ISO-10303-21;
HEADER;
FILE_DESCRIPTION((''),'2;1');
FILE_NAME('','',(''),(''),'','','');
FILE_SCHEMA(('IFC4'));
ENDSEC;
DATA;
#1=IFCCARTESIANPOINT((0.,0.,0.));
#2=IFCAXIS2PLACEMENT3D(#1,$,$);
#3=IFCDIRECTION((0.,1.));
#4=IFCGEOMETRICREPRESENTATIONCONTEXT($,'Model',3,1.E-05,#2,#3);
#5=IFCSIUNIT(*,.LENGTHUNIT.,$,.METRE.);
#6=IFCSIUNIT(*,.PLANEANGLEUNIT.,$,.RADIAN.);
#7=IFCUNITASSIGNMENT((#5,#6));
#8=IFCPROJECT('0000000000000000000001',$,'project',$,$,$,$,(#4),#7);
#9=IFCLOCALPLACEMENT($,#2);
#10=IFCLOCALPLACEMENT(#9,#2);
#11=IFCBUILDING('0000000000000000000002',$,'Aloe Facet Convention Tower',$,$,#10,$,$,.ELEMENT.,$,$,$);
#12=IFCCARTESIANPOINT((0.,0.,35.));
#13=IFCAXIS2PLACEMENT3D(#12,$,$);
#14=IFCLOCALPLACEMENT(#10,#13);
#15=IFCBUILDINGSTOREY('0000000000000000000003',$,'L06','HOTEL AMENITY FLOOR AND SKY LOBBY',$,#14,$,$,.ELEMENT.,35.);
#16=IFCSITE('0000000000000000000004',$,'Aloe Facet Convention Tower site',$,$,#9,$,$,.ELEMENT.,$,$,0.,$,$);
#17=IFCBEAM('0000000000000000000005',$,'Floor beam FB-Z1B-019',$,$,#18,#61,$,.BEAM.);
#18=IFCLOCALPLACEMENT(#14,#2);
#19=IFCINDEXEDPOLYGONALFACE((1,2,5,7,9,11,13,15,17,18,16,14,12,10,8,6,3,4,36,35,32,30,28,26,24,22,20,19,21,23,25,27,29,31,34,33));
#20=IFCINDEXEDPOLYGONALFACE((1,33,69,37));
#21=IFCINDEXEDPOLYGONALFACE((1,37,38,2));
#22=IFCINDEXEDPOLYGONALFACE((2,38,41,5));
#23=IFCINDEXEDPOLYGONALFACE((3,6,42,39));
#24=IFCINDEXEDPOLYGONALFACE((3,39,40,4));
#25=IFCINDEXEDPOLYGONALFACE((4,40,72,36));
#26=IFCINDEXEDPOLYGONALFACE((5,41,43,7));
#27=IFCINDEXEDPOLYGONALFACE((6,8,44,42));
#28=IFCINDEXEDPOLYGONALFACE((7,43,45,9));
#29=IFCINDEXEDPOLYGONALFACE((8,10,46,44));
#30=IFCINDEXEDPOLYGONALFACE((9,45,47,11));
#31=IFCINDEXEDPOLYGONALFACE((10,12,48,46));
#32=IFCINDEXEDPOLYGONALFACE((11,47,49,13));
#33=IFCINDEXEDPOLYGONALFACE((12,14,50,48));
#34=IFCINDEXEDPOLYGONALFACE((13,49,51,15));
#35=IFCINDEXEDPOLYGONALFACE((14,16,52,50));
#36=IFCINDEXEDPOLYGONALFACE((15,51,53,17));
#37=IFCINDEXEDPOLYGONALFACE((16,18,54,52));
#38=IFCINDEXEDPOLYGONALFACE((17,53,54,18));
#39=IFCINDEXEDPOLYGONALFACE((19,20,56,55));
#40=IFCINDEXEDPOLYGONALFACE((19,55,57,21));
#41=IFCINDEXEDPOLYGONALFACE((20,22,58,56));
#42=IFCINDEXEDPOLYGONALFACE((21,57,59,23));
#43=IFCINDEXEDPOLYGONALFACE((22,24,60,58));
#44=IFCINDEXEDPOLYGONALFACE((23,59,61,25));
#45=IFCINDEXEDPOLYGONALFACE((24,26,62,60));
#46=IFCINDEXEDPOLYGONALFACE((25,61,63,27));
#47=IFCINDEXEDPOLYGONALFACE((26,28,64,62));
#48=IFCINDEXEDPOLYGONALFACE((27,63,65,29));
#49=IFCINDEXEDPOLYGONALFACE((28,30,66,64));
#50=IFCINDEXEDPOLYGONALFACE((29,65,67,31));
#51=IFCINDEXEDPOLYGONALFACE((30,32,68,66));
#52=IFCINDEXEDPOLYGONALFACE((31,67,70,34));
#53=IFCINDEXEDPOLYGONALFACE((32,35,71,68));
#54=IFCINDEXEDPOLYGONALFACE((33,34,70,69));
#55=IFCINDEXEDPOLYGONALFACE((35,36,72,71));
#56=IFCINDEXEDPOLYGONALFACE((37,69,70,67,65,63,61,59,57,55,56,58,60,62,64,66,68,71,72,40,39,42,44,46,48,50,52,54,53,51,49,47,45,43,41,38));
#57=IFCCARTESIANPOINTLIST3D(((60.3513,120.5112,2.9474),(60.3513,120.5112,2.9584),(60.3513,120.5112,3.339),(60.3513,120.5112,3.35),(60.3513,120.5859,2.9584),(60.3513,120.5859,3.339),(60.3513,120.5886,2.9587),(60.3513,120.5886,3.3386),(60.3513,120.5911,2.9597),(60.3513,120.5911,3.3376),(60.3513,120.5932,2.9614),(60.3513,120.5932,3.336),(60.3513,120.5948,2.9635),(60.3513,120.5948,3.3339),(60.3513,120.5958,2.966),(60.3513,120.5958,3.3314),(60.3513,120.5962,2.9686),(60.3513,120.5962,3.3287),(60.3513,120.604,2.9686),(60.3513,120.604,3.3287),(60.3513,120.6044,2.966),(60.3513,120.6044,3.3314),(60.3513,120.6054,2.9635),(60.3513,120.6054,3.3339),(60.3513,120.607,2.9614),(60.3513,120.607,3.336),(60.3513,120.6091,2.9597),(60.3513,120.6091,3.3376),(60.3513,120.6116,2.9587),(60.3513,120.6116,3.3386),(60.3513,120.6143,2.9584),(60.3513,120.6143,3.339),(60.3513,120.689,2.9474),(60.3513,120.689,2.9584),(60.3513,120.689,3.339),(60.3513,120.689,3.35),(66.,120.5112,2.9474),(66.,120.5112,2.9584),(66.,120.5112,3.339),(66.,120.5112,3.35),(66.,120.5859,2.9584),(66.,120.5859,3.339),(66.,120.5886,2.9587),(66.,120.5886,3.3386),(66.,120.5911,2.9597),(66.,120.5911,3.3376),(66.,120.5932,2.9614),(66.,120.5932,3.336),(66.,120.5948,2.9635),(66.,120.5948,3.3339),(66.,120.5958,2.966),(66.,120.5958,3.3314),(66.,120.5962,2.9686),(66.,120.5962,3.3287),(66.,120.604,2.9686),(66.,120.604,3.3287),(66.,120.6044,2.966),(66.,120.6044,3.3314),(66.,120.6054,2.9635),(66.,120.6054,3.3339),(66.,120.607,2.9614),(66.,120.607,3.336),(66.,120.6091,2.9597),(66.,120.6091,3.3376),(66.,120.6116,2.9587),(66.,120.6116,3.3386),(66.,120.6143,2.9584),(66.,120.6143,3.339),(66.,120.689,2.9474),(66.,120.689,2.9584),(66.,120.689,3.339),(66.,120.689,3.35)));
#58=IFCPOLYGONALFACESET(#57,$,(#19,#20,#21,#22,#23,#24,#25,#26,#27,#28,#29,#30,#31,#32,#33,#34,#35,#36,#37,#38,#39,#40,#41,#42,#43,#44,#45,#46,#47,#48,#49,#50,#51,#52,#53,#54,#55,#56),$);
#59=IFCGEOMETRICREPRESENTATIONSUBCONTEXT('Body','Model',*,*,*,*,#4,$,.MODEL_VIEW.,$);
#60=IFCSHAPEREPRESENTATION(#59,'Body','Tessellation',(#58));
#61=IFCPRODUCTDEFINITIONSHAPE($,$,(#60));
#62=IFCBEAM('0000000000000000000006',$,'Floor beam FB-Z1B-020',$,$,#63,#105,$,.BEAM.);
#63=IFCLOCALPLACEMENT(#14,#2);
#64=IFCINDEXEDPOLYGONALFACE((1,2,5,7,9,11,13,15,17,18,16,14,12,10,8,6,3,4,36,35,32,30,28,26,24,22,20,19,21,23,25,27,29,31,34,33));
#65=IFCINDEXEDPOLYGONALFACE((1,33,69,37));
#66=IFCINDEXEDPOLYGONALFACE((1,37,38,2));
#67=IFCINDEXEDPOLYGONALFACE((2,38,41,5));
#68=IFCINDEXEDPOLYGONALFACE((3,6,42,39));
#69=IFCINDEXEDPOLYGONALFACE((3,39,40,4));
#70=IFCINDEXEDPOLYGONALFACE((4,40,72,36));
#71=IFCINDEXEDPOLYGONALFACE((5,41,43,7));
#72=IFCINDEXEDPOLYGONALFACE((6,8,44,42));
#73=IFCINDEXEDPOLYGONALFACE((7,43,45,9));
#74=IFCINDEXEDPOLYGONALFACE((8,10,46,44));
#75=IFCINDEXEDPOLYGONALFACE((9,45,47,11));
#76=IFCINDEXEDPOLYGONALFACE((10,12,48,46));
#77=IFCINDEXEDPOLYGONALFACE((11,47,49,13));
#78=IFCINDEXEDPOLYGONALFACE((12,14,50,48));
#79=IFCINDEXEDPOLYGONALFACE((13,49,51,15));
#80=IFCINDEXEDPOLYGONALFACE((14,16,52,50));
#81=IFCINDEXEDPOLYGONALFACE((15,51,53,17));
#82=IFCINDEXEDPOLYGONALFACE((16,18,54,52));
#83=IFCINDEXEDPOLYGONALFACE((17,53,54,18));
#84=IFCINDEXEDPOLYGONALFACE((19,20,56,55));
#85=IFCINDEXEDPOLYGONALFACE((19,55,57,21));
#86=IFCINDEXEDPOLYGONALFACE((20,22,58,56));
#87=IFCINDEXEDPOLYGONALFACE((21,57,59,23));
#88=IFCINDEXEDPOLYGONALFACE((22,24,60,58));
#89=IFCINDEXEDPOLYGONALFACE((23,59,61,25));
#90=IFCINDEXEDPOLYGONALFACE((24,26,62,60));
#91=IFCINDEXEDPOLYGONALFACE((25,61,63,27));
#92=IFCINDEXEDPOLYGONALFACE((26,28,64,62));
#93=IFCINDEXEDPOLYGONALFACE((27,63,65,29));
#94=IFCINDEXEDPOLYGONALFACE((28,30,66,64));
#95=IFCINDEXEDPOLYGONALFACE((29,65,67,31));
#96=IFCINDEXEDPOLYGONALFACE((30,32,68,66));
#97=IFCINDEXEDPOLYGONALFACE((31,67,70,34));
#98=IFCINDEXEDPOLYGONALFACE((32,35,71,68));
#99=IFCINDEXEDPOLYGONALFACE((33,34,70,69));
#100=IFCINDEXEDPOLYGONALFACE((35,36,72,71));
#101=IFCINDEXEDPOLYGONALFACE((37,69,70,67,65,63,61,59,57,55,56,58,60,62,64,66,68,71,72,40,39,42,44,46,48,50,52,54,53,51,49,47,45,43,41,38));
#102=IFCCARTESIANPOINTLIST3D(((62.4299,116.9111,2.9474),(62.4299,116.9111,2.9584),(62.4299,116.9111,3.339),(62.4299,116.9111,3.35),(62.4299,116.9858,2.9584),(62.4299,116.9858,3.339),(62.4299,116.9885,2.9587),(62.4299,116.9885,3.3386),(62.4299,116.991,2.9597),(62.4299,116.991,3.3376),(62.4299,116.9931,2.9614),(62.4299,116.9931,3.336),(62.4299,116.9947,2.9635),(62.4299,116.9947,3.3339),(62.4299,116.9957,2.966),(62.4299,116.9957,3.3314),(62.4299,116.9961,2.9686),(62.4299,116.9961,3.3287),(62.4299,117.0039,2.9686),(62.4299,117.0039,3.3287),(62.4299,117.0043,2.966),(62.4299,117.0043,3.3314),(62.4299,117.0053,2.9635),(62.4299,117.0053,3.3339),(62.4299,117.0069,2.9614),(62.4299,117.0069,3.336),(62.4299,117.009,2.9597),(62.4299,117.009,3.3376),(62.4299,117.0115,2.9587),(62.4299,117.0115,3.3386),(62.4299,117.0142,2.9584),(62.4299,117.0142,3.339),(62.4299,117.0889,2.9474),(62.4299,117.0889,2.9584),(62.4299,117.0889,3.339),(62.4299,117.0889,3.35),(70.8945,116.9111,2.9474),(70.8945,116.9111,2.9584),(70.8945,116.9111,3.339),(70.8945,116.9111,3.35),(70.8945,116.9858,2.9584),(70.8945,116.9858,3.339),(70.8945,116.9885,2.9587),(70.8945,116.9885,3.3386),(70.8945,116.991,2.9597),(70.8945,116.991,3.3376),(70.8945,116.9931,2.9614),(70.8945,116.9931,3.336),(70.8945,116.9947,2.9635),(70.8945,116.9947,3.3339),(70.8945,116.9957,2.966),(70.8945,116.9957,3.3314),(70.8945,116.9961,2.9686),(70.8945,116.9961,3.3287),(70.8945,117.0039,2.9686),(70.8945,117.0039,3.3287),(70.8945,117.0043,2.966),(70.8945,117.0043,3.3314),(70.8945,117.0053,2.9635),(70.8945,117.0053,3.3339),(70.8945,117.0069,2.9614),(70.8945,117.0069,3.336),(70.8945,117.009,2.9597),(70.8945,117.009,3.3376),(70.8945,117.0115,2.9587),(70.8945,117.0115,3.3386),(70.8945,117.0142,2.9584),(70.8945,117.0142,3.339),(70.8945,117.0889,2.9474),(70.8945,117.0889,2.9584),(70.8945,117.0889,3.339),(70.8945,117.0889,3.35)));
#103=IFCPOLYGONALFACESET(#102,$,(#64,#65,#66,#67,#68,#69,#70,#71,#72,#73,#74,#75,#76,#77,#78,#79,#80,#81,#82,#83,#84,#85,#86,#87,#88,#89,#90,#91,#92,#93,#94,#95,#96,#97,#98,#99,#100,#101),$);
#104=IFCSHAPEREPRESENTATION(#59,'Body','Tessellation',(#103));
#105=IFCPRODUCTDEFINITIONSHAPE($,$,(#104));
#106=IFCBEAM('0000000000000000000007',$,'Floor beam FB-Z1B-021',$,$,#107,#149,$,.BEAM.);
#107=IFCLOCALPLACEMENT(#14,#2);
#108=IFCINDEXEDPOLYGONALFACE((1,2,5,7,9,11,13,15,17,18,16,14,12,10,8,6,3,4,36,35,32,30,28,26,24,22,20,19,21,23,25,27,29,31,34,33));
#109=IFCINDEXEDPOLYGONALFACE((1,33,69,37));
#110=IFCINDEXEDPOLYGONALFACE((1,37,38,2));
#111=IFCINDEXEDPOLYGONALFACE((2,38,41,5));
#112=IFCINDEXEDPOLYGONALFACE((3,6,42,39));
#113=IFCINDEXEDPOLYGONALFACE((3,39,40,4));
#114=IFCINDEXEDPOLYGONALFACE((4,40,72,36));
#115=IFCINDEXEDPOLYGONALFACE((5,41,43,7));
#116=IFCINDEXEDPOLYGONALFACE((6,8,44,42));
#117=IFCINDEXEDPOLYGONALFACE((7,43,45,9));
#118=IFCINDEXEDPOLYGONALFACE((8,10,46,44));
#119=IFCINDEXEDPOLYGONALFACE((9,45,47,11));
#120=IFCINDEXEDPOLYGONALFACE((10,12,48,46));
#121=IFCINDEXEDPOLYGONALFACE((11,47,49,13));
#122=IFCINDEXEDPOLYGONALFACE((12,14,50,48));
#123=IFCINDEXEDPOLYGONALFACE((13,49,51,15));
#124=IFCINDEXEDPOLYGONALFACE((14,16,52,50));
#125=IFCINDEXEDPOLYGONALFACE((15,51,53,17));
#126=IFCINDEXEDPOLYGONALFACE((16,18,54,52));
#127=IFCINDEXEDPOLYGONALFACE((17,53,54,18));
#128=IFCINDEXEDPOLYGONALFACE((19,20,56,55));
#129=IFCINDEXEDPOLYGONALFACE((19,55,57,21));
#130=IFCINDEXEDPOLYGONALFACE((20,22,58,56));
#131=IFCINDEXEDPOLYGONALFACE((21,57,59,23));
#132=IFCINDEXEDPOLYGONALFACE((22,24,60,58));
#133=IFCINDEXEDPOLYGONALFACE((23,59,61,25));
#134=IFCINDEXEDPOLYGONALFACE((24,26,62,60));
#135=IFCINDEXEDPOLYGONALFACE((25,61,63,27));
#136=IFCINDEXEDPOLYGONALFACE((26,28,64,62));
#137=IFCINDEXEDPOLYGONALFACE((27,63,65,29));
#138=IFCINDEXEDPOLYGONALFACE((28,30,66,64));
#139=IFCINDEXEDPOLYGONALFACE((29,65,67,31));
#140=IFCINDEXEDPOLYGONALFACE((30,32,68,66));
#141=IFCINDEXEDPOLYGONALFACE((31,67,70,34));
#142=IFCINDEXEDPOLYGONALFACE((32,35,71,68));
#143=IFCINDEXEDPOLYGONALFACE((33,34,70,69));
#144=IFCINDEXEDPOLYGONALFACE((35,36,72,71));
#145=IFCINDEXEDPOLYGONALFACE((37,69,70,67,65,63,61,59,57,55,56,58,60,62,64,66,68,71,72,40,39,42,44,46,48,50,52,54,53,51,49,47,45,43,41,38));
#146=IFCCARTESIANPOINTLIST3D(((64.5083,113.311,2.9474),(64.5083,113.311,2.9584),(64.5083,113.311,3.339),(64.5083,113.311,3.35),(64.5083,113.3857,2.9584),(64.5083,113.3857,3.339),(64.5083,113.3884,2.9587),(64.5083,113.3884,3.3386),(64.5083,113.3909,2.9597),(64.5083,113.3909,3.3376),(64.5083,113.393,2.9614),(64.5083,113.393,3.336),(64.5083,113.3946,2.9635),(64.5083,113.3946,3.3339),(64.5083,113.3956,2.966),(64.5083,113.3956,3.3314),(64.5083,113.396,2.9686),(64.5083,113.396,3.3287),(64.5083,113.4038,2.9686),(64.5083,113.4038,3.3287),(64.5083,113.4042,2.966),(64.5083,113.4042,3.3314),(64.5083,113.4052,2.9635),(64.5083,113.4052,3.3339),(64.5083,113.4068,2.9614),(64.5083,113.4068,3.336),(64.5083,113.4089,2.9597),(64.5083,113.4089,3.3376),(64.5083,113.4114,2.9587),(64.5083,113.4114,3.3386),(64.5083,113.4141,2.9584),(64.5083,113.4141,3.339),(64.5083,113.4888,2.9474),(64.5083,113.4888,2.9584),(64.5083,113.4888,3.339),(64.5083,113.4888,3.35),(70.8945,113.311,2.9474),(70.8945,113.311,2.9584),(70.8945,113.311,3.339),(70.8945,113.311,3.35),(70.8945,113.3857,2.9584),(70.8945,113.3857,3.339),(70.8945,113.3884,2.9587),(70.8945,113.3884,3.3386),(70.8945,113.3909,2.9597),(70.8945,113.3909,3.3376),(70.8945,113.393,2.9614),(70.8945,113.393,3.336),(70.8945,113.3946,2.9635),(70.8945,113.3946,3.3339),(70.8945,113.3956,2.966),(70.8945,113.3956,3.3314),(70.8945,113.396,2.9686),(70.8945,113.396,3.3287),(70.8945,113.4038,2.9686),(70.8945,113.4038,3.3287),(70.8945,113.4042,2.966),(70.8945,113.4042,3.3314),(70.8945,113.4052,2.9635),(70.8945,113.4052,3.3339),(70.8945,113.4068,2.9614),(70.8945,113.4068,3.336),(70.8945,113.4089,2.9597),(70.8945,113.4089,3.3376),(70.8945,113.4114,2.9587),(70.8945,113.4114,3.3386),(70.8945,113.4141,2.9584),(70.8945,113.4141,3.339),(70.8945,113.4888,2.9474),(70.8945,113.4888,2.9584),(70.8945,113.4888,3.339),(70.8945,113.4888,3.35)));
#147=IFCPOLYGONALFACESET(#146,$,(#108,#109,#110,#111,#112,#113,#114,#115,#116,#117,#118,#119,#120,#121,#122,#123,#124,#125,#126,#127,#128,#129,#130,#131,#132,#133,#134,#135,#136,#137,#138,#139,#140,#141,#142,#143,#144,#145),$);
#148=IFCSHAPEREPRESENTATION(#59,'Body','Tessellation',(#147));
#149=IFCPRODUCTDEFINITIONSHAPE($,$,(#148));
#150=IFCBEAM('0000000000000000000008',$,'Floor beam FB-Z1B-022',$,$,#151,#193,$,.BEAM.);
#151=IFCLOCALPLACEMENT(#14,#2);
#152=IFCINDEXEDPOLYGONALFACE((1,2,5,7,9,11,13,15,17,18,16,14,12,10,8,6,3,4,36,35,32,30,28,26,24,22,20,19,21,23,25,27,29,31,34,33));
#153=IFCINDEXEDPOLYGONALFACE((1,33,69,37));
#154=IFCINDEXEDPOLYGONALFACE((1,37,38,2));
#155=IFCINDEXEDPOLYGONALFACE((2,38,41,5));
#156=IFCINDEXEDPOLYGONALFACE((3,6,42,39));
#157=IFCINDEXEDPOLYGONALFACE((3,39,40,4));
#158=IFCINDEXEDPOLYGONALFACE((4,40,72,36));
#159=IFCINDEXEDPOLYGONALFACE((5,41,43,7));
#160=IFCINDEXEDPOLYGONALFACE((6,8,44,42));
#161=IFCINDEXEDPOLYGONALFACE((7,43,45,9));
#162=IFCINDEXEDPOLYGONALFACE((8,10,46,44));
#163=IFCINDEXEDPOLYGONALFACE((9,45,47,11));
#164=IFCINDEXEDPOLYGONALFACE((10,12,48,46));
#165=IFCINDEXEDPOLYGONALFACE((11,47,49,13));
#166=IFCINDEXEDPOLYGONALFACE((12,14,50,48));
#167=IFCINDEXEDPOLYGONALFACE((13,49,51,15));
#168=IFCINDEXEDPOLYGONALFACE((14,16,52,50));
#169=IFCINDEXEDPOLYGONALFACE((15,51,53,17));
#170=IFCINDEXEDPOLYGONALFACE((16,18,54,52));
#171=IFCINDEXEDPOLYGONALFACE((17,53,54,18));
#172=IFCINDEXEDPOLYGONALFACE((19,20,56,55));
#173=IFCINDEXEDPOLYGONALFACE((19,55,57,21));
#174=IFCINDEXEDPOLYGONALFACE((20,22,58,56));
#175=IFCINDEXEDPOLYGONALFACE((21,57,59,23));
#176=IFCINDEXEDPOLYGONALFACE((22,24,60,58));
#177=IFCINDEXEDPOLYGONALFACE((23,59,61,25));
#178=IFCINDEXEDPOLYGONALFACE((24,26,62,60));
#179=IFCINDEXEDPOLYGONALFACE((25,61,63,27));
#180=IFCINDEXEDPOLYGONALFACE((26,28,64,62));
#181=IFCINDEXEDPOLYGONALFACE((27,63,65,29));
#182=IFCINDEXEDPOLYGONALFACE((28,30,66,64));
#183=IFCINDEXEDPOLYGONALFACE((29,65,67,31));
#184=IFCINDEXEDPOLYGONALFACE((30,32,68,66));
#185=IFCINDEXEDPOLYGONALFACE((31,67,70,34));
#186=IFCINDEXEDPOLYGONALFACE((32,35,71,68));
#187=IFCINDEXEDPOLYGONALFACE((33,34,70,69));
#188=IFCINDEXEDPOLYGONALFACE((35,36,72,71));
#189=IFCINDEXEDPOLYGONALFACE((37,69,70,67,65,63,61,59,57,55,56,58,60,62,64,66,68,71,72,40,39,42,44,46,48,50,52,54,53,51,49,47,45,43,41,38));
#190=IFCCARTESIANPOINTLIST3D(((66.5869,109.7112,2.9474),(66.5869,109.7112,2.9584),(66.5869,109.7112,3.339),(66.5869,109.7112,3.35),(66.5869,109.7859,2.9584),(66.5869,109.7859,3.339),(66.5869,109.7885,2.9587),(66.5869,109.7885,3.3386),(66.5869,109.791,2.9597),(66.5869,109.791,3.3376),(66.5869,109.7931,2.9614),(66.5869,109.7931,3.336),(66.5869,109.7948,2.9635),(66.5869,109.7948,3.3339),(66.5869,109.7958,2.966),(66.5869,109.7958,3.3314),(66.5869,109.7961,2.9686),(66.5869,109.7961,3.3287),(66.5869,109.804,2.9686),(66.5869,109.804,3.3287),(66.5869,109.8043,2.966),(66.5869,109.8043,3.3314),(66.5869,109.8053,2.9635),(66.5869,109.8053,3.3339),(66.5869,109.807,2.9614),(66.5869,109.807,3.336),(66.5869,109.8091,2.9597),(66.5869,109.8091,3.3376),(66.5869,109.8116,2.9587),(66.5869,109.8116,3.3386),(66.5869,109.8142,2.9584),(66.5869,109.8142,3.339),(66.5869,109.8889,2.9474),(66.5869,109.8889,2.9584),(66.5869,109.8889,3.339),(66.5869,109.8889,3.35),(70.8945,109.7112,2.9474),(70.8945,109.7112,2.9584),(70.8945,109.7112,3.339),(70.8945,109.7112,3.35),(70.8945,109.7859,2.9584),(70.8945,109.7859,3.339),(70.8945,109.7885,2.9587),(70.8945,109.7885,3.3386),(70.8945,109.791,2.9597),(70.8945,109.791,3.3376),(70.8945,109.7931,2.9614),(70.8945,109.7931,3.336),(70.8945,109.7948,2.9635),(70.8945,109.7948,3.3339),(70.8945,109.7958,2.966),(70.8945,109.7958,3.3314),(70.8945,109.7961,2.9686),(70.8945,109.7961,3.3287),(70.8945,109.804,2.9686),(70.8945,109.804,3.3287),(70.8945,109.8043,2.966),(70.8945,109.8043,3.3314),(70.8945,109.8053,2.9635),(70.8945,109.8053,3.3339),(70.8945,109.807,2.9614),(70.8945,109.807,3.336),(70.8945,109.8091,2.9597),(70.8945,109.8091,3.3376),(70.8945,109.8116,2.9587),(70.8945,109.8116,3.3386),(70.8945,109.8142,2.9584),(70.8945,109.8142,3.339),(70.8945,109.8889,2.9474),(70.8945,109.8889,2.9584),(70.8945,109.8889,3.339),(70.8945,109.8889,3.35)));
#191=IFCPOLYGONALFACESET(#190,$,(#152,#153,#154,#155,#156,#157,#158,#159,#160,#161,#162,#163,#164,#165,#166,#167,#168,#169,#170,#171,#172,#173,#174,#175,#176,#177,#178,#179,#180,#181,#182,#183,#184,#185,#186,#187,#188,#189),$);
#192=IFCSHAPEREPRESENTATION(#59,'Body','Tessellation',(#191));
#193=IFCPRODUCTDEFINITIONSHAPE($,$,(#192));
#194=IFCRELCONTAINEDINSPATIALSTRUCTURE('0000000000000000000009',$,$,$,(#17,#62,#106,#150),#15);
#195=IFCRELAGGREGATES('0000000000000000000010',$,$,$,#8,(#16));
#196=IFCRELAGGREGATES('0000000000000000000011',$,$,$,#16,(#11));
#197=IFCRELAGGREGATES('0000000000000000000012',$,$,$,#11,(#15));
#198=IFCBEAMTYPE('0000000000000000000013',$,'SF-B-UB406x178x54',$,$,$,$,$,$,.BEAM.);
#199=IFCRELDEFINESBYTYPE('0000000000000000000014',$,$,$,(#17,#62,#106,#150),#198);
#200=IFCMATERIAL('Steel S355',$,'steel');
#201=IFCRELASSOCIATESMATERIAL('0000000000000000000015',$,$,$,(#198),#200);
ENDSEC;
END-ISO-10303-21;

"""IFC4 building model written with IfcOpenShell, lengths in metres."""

from ifc_helpers import new_model, si_unit, direction, frame, origin, origin_2d, place, context, subcontext, project, spatial, i_section, extrude, material, material_profile, profile_set, type_object, element, save


model = new_model("IFC4")

# Units and contexts
model_context = context("Model", 3, precision=1e-05, world=origin(), true_north=direction((0.0, 1.0)))
body_context = subcontext(model_context, "Body", "Model", "MODEL_VIEW")
ifc_project = project(units=[si_unit("LENGTHUNIT", "METRE"), si_unit("PLANEANGLEUNIT", "RADIAN")], contexts=[model_context])

# Site, building, storey
site_placement = place(None, origin())
site = spatial("IfcSite", under=ifc_project, at=site_placement, Name="Aloe Facet Convention Tower site", CompositionType="ELEMENT", RefElevation=0.0)
building_placement = place(site_placement, origin())
building = spatial("IfcBuilding", under=site, at=building_placement, Name="Aloe Facet Convention Tower", CompositionType="ELEMENT")
storey_placement = place(building_placement, frame((0.0, 0.0, 35.0)))
storey = spatial("IfcBuildingStorey", under=building, at=storey_placement, Name="L06", Description="HOTEL AMENITY FLOOR AND SKY LOBBY", CompositionType="ELEMENT", Elevation=35.0)

# Beams
ifc_material_1 = material(Name="Steel S355", Category="steel")
ifc_material_profile_1 = material_profile(ifc_material_1, i_section(OverallWidth=0.1777, OverallDepth=0.4026, WebThickness=0.0078, FlangeThickness=0.011, FilletRadius=0.0103, at=origin_2d()), Name="UB 406x178x54")
ifc_profile_set_1 = profile_set([ifc_material_profile_1], Name="Steel S355")
beam_type = type_object("IfcBeamType", Name="SF-B-UB406x178x54", PredefinedType="BEAM", material=ifc_profile_set_1)
beam_1_placement = place(storey_placement, frame((60.3513, 120.6001, 3.1487), z_axis=(1.0, 0.0, 0.0), x_axis=(0.0, 1.0, 0.0)))
element("IfcBeam", 1, at=beam_1_placement, inside=storey, type_object=beam_type, Name="Floor beam FB-Z1B-019", PredefinedType="BEAM", context=body_context, shape_type="SweptSolid", body=[
    extrude(i_section(OverallWidth=0.1777, OverallDepth=0.4026, WebThickness=0.0078, FlangeThickness=0.011, FilletRadius=0.0103, at=origin_2d()), origin(), (0.0, 0.0, 1.0), 5.6487),
])
beam_2_placement = place(storey_placement, frame((62.4299, 117.0, 3.1487), z_axis=(1.0, 0.0, 0.0), x_axis=(0.0, 1.0, 0.0)))
element("IfcBeam", 2, at=beam_2_placement, inside=storey, type_object=beam_type, Name="Floor beam FB-Z1B-020", PredefinedType="BEAM", context=body_context, shape_type="SweptSolid", body=[
    extrude(i_section(OverallWidth=0.1777, OverallDepth=0.4026, WebThickness=0.0078, FlangeThickness=0.011, FilletRadius=0.0103, at=origin_2d()), origin(), (0.0, 0.0, 1.0), 8.4646),
])
beam_3_placement = place(storey_placement, frame((64.5083, 113.3999, 3.1487), z_axis=(1.0, 0.0, 0.0), x_axis=(0.0, 1.0, 0.0)))
element("IfcBeam", 3, at=beam_3_placement, inside=storey, type_object=beam_type, Name="Floor beam FB-Z1B-021", PredefinedType="BEAM", context=body_context, shape_type="SweptSolid", body=[
    extrude(i_section(OverallWidth=0.1777, OverallDepth=0.4026, WebThickness=0.0078, FlangeThickness=0.011, FilletRadius=0.0103, at=origin_2d()), origin(), (0.0, 0.0, 1.0), 6.3862),
])
beam_4_placement = place(storey_placement, frame((66.5869, 109.8, 3.1487), z_axis=(1.0, 0.0, 0.0), x_axis=(0.0, 1.0, 0.0)))
element("IfcBeam", 4, at=beam_4_placement, inside=storey, type_object=beam_type, Name="Floor beam FB-Z1B-022", PredefinedType="BEAM", context=body_context, shape_type="SweptSolid", body=[
    extrude(i_section(OverallWidth=0.1777, OverallDepth=0.4026, WebThickness=0.0078, FlangeThickness=0.011, FilletRadius=0.0103, at=origin_2d()), origin(), (0.0, 0.0, 1.0), 4.3076),
])

save(model, "model.ifc")
